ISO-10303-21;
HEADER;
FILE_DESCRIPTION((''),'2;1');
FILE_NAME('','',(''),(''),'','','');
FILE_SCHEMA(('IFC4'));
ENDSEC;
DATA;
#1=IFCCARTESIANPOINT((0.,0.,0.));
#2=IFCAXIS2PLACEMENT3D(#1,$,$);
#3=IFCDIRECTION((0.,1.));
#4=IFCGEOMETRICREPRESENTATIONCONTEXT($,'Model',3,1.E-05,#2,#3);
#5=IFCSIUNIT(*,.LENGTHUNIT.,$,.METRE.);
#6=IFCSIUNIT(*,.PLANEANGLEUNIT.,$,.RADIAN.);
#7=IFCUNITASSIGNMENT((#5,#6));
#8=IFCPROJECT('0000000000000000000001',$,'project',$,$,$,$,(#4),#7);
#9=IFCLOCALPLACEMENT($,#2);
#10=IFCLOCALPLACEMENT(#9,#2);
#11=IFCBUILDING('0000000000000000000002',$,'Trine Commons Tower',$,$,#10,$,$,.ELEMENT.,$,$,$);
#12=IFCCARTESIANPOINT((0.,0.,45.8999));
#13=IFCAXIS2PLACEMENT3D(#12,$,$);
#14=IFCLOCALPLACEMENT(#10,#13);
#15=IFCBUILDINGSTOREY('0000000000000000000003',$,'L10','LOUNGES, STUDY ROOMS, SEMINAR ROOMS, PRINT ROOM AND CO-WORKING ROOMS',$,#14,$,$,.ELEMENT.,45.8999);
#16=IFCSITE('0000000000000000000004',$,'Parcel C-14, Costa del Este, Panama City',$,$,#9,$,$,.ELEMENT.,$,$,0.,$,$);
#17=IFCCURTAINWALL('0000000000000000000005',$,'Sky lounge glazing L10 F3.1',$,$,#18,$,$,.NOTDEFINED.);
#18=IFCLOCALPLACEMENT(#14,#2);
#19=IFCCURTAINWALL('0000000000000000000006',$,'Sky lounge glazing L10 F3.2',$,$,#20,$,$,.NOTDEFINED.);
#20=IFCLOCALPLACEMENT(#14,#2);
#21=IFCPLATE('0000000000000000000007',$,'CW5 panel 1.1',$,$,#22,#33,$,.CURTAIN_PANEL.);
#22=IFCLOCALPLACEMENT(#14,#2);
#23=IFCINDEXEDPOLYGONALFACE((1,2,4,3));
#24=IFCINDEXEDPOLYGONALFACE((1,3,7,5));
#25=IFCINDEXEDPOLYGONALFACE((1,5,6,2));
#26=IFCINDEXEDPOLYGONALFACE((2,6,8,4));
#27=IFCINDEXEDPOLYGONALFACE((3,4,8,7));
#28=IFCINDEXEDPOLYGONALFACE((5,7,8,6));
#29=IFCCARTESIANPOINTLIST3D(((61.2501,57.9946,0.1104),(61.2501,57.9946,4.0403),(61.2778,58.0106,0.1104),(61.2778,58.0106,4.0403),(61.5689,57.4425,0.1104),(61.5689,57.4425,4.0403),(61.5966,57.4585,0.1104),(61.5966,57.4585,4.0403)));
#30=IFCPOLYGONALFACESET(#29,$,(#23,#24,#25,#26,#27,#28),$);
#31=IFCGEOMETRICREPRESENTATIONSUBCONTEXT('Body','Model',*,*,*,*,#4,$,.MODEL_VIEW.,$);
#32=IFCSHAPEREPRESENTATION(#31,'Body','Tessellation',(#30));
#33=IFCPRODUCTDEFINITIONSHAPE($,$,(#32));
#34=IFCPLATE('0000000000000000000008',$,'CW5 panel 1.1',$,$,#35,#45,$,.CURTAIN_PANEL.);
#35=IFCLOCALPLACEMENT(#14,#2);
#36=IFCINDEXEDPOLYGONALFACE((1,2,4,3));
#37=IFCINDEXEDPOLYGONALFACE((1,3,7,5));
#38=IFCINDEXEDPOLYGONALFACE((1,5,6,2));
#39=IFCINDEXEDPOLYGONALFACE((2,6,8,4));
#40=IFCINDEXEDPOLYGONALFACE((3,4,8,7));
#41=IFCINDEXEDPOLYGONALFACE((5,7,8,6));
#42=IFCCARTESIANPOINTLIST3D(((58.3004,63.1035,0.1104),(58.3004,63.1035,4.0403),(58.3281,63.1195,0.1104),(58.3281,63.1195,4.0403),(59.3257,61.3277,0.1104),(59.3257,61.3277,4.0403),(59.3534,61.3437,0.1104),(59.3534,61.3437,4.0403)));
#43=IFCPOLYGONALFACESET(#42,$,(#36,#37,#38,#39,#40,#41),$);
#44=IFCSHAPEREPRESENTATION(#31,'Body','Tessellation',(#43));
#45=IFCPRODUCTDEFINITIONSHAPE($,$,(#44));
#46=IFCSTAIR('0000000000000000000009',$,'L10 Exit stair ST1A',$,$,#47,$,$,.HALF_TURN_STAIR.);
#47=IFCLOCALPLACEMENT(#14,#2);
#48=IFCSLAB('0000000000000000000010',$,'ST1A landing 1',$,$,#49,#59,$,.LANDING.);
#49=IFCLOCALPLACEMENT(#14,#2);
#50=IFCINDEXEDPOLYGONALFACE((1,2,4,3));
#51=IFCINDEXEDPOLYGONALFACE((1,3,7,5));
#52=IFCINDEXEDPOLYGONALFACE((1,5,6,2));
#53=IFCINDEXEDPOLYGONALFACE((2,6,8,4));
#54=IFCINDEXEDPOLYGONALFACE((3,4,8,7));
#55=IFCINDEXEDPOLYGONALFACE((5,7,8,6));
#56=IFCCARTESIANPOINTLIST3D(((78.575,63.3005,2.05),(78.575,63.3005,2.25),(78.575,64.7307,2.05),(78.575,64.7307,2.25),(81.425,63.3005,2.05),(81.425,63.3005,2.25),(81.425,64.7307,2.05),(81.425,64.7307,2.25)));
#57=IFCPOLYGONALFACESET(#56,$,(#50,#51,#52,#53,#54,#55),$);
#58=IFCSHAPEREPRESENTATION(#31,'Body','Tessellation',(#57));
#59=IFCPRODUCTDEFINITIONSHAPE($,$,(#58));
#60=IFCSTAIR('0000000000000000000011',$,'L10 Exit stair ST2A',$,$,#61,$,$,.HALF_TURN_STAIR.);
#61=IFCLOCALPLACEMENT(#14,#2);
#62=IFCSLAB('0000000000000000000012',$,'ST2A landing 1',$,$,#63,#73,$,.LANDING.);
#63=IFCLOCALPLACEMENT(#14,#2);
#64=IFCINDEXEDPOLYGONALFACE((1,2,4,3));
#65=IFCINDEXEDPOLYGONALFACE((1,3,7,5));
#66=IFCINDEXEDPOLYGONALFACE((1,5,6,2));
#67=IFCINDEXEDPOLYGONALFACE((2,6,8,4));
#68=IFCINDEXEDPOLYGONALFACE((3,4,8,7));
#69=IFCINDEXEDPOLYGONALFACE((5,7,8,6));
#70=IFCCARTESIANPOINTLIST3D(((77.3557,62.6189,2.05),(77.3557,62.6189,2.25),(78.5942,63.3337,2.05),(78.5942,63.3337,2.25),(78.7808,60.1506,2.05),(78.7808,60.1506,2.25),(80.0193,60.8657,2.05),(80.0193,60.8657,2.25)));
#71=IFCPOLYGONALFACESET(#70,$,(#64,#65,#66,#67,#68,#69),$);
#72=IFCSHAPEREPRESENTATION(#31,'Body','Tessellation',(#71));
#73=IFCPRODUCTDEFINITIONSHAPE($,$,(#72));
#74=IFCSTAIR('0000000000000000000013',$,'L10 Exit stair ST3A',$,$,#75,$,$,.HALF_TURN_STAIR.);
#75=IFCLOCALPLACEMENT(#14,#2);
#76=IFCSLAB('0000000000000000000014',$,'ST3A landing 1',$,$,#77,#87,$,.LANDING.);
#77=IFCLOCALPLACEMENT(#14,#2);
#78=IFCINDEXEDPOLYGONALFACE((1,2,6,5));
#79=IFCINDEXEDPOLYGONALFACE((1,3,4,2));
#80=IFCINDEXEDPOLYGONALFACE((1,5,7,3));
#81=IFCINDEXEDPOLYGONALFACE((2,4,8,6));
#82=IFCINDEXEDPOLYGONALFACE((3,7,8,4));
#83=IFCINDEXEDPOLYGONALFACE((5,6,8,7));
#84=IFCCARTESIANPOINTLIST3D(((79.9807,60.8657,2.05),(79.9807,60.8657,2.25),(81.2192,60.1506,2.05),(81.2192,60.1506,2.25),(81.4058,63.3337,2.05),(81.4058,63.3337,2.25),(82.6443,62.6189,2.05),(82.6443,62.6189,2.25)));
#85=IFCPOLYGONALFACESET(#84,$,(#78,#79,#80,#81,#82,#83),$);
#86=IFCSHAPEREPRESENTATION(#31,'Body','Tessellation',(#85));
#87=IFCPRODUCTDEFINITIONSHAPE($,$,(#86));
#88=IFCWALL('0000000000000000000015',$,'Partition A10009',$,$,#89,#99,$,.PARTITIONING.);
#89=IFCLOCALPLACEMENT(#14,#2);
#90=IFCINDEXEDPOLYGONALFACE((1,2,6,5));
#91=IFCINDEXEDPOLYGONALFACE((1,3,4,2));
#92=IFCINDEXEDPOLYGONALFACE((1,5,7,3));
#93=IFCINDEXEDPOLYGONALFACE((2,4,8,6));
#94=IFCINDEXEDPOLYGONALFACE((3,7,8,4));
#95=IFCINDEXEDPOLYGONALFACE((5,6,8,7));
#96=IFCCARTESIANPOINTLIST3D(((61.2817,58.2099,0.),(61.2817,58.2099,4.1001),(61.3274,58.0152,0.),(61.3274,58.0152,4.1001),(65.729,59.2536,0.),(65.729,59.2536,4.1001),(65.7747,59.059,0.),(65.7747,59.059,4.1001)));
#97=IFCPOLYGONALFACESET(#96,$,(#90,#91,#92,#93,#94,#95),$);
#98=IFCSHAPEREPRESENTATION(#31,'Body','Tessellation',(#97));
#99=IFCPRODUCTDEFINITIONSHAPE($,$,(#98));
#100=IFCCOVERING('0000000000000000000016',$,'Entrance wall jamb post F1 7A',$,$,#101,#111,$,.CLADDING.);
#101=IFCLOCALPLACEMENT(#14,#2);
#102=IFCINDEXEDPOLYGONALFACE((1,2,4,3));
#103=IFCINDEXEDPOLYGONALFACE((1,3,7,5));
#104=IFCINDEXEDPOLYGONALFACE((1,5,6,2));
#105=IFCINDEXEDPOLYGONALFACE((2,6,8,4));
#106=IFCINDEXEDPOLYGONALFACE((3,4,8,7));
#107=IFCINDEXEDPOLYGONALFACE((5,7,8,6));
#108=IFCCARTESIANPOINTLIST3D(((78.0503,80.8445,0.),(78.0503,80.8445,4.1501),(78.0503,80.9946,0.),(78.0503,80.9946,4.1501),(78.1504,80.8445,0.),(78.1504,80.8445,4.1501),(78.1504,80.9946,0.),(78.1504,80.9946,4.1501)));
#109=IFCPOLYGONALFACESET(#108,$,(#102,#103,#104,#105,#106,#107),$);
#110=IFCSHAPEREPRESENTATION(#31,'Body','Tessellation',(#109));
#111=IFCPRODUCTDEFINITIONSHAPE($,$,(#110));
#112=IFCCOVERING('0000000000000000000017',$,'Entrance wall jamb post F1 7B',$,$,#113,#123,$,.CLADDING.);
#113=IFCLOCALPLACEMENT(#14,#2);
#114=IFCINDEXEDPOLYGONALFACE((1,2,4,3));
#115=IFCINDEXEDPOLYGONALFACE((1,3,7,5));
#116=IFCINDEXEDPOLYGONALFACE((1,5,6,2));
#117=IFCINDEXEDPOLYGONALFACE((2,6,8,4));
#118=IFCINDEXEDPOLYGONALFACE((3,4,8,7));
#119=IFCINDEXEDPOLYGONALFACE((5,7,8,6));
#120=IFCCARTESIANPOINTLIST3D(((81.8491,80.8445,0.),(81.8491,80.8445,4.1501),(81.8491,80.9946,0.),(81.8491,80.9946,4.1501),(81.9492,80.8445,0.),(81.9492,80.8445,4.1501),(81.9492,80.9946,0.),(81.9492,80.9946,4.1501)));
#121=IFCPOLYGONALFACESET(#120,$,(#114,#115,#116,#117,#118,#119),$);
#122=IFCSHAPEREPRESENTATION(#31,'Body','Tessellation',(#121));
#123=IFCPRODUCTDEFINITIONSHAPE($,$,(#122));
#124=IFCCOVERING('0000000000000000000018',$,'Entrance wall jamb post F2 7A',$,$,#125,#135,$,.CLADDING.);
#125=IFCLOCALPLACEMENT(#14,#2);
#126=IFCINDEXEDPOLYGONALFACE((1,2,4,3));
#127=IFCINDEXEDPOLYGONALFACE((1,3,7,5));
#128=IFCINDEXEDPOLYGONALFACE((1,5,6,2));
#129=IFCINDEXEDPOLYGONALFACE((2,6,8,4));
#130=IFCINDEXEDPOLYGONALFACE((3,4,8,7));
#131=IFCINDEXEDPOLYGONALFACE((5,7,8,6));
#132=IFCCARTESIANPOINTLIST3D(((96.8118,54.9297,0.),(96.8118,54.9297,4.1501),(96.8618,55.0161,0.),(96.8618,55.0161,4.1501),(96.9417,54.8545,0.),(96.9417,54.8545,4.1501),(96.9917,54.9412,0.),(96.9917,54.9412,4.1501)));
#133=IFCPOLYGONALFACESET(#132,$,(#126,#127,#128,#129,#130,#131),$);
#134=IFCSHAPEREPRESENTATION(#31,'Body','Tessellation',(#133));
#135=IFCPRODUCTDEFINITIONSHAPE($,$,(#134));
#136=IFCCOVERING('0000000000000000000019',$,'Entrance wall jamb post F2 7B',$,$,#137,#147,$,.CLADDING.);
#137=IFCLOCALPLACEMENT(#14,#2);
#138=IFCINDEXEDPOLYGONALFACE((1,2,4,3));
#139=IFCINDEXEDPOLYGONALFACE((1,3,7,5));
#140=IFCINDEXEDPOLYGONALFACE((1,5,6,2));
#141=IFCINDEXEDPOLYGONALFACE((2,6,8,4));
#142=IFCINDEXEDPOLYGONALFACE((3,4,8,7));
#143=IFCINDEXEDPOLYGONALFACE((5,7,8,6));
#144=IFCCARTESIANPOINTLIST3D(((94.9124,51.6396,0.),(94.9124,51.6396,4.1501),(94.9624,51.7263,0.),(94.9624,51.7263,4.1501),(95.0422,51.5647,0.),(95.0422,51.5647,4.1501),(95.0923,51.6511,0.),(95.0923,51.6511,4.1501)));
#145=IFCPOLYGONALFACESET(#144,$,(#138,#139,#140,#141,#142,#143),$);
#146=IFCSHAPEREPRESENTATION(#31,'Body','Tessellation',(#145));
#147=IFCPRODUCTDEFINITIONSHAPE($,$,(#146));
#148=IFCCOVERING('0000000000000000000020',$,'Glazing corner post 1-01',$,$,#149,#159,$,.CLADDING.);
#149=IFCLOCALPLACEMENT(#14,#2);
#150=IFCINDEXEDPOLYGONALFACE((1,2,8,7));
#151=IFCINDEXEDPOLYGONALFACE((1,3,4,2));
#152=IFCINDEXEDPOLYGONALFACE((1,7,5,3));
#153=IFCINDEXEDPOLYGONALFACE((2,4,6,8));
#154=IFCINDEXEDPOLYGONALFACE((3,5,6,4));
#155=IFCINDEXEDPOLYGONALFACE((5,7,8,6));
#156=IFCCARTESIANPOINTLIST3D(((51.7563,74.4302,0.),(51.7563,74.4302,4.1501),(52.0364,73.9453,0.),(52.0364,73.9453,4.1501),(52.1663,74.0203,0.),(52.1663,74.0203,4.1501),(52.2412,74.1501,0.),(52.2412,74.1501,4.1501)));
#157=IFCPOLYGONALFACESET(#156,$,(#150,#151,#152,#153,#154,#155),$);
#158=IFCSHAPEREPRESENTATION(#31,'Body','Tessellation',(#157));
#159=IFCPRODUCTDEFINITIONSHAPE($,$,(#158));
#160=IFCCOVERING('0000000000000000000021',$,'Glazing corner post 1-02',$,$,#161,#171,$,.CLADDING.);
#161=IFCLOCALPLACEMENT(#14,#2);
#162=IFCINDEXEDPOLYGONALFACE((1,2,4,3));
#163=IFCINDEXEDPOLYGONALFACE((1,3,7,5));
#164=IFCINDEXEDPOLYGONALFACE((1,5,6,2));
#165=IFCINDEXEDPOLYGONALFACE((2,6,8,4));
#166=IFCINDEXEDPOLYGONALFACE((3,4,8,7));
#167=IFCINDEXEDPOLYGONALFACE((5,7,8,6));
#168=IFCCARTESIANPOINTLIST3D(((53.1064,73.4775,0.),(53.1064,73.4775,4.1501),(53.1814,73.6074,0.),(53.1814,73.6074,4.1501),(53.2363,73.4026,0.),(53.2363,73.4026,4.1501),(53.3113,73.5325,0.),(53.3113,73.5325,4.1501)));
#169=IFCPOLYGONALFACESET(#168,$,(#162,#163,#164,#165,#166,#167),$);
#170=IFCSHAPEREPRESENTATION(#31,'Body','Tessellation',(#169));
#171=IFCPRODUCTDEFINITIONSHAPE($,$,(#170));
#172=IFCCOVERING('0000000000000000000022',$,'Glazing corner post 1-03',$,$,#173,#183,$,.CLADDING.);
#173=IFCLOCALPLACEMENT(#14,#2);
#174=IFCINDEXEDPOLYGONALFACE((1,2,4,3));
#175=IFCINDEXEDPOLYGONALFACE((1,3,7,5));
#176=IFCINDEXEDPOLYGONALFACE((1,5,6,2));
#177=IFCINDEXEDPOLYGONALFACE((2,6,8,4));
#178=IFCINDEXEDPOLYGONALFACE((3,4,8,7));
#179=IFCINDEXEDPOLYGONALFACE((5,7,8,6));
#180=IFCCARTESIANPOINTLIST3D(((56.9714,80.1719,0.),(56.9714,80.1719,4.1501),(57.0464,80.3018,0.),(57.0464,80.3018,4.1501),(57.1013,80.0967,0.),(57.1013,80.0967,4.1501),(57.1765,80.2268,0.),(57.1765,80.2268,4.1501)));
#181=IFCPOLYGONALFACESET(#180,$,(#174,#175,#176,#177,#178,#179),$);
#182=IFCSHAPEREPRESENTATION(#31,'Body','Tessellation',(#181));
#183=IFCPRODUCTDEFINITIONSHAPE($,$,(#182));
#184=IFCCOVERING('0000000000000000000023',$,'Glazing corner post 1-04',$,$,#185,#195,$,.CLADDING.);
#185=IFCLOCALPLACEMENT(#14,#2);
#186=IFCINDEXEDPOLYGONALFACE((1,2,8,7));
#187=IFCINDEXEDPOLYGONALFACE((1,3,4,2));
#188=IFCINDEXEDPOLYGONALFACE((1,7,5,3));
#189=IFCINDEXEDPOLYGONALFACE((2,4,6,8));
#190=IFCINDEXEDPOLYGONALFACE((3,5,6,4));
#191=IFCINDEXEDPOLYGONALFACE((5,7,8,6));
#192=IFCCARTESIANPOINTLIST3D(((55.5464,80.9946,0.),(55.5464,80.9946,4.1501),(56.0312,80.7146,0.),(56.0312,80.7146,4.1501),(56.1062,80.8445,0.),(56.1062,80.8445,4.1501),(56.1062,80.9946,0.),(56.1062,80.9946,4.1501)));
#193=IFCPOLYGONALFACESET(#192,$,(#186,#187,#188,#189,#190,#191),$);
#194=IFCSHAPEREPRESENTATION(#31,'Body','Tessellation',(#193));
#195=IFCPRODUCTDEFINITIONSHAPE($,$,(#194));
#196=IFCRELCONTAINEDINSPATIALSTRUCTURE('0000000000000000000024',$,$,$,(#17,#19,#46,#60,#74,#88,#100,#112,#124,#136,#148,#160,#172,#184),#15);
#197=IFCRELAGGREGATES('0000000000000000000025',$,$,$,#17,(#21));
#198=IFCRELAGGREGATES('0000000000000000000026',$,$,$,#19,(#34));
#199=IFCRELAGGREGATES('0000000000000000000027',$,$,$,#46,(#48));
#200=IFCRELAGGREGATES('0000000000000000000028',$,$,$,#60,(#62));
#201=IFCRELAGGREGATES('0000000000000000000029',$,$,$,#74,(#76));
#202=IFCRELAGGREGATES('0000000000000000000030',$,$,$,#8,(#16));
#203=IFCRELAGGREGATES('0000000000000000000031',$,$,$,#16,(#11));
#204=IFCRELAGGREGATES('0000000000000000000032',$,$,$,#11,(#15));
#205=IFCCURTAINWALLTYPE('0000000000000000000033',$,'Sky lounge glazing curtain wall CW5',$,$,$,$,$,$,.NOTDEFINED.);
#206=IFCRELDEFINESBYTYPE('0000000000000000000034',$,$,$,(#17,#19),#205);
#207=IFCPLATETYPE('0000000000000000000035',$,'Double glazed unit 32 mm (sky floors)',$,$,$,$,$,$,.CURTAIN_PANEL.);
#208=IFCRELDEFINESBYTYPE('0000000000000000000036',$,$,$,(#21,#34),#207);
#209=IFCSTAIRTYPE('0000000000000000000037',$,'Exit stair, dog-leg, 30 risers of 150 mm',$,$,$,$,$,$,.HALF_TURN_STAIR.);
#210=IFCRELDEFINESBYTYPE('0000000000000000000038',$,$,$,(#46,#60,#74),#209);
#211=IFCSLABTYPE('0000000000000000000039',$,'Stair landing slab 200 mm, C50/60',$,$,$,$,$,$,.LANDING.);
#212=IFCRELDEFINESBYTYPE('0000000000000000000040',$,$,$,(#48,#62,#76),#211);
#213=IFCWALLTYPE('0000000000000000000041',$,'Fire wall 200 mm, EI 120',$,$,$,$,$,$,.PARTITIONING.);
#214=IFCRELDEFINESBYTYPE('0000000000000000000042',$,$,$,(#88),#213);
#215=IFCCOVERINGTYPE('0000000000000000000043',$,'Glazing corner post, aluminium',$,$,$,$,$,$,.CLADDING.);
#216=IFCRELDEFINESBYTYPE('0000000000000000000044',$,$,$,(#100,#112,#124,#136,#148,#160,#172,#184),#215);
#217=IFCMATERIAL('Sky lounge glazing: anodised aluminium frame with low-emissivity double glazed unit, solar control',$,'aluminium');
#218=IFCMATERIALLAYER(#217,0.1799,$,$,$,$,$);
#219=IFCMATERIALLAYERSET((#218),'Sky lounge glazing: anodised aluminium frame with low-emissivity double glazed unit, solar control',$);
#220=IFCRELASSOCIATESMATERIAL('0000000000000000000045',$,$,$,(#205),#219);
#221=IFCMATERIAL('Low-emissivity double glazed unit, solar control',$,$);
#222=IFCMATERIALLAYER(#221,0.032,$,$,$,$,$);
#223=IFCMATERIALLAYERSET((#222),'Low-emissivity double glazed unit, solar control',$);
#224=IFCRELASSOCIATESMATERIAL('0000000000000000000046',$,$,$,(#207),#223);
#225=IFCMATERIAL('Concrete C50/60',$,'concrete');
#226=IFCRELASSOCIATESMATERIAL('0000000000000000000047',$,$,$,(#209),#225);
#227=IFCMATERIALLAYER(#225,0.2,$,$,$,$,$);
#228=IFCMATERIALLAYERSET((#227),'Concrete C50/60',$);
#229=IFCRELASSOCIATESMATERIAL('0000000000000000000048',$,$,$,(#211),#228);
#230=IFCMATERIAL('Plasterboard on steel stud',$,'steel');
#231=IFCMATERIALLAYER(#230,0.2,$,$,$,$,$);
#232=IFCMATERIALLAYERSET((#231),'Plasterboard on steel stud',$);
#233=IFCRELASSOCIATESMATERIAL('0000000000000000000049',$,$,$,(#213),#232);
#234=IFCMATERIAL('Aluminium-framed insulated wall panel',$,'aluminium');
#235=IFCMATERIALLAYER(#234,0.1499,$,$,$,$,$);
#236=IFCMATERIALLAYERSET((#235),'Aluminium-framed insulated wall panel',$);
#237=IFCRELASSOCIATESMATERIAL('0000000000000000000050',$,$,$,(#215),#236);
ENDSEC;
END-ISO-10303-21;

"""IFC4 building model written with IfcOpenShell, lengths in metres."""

from ifc_helpers import new_model, si_unit, direction, frame, frame_2d, origin, origin_2d, place, context, subcontext, project, spatial, polyline, rectangle, outline, extrude, material, layer, layer_set, type_object, element, aggregate, save


model = new_model("IFC4")

# Units and contexts
model_context = context("Model", 3, precision=1e-05, world=origin(), true_north=direction((0.0, 1.0)))
body_context = subcontext(model_context, "Body", "Model", "MODEL_VIEW")
ifc_project = project(units=[si_unit("LENGTHUNIT", "METRE"), si_unit("PLANEANGLEUNIT", "RADIAN")], contexts=[model_context])

# Site, building, storey
site_placement = place(None, origin())
site = spatial("IfcSite", under=ifc_project, at=site_placement, Name="Parcel C-14, Costa del Este, Panama City", CompositionType="ELEMENT", RefElevation=0.0)
building_placement = place(site_placement, origin())
building = spatial("IfcBuilding", under=site, at=building_placement, Name="Trine Commons Tower", CompositionType="ELEMENT")
storey_placement = place(building_placement, frame((0.0, 0.0, 45.8999)))
storey = spatial("IfcBuildingStorey", under=building, at=storey_placement, Name="L10", Description="LOUNGES, STUDY ROOMS, SEMINAR ROOMS, PRINT ROOM AND CO-WORKING ROOMS", CompositionType="ELEMENT", Elevation=45.8999)

# Curtain wall
ifc_material_1 = material(Name="Sky lounge glazing: anodised aluminium frame with low-emissivity double glazed unit, solar control", Category="aluminium")
ifc_layer_1 = layer(ifc_material_1, 0.1799)
ifc_layer_set_1 = layer_set([ifc_layer_1], Name="Sky lounge glazing: anodised aluminium frame with low-emissivity double glazed unit, solar control")
curtain_wall_type = type_object("IfcCurtainWallType", Name="Sky lounge glazing curtain wall CW5", PredefinedType="NOTDEFINED", material=ifc_layer_set_1)
curtain_wall_1_placement = place(storey_placement, origin())
curtain_wall_1 = element("IfcCurtainWall", 1, at=curtain_wall_1_placement, inside=storey, type_object=curtain_wall_type, Name="Sky lounge glazing L10 F3.1", PredefinedType="NOTDEFINED")

# Curtain wall
curtain_wall_2_placement = place(storey_placement, origin())
curtain_wall_2 = element("IfcCurtainWall", 2, at=curtain_wall_2_placement, inside=storey, type_object=curtain_wall_type, Name="Sky lounge glazing L10 F3.2", PredefinedType="NOTDEFINED")

# Plates
ifc_material_2 = material(Name="Low-emissivity double glazed unit, solar control")
ifc_layer_2 = layer(ifc_material_2, 0.032)
ifc_layer_set_2 = layer_set([ifc_layer_2], Name="Low-emissivity double glazed unit, solar control")
plate_type = type_object("IfcPlateType", Name="Double glazed unit 32 mm (sky floors)", PredefinedType="CURTAIN_PANEL", material=ifc_layer_set_2)
plate_1_placement = place(storey_placement, frame((61.4233, 57.7266, 0.1104), z_axis=(0.0, 0.0, 1.0), x_axis=(-0.5, 0.866025, 0.0)))
plate_1 = element("IfcPlate", 3, at=plate_1_placement, type_object=plate_type, Name="CW5 panel 1.1", PredefinedType="CURTAIN_PANEL", context=body_context, shape_type="SweptSolid", body=[
    extrude(rectangle(XDim=0.6375, YDim=0.032, at=origin_2d()), origin(), (0.0, 0.0, 1.0), 3.9299),
])
aggregate(curtain_wall_1, [plate_1])
plate_2_placement = place(storey_placement, frame((58.8269, 62.2236, 0.1104), z_axis=(0.0, 0.0, 1.0), x_axis=(-0.5, 0.866025, 0.0)))
plate_2 = element("IfcPlate", 4, at=plate_2_placement, type_object=plate_type, Name="CW5 panel 1.1", PredefinedType="CURTAIN_PANEL", context=body_context, shape_type="SweptSolid", body=[
    extrude(rectangle(XDim=2.0505, YDim=0.032, at=origin_2d()), origin(), (0.0, 0.0, 1.0), 3.9299),
])
aggregate(curtain_wall_2, [plate_2])

# Stairs, slabs
ifc_material_3 = material(Name="Concrete C50/60", Category="concrete")
stair_type = type_object("IfcStairType", Name="Exit stair, dog-leg, 30 risers of 150 mm", PredefinedType="HALF_TURN_STAIR", material=ifc_material_3)
stair_1_placement = place(storey_placement, origin())
stair_1 = element("IfcStair", 5, at=stair_1_placement, inside=storey, type_object=stair_type, Name="L10 Exit stair ST1A", PredefinedType="HALF_TURN_STAIR")
ifc_layer_3 = layer(ifc_material_3, 0.2)
ifc_layer_set_3 = layer_set([ifc_layer_3], Name="Concrete C50/60")
slab_type = type_object("IfcSlabType", Name="Stair landing slab 200 mm, C50/60", PredefinedType="LANDING", material=ifc_layer_set_3)
slab_1_placement = place(storey_placement, frame((0.0, 0.0, 2.05)))
slab_1 = element("IfcSlab", 6, at=slab_1_placement, type_object=slab_type, Name="ST1A landing 1", PredefinedType="LANDING", context=body_context, shape_type="SweptSolid", body=[
    extrude(outline(polyline([(78.575, 64.7307), (78.575, 63.3005), (81.425, 63.3005), (81.425, 64.7307), (78.575, 64.7307)])), origin(), (0.0, 0.0, 1.0), 0.2),
])
aggregate(stair_1, [slab_1])
stair_2_placement = place(storey_placement, origin())
stair_2 = element("IfcStair", 7, at=stair_2_placement, inside=storey, type_object=stair_type, Name="L10 Exit stair ST2A", PredefinedType="HALF_TURN_STAIR")
slab_2_placement = place(storey_placement, frame((0.0, 0.0, 2.05)))
slab_2 = element("IfcSlab", 8, at=slab_2_placement, type_object=slab_type, Name="ST2A landing 1", PredefinedType="LANDING", context=body_context, shape_type="SweptSolid", body=[
    extrude(outline(polyline([(78.7808, 60.1506), (80.0193, 60.8657), (78.5942, 63.3337), (77.3557, 62.6189), (78.7808, 60.1506)])), origin(), (0.0, 0.0, 1.0), 0.2),
])
aggregate(stair_2, [slab_2])
stair_3_placement = place(storey_placement, origin())
stair_3 = element("IfcStair", 9, at=stair_3_placement, inside=storey, type_object=stair_type, Name="L10 Exit stair ST3A", PredefinedType="HALF_TURN_STAIR")
slab_3_placement = place(storey_placement, frame((0.0, 0.0, 2.05)))
slab_3 = element("IfcSlab", 10, at=slab_3_placement, type_object=slab_type, Name="ST3A landing 1", PredefinedType="LANDING", context=body_context, shape_type="SweptSolid", body=[
    extrude(outline(polyline([(82.6443, 62.6189), (81.4058, 63.3337), (79.9807, 60.8657), (81.2192, 60.1506), (82.6443, 62.6189)])), origin(), (0.0, 0.0, 1.0), 0.2),
])
aggregate(stair_3, [slab_3])

# Wall
ifc_material_4 = material(Name="Plasterboard on steel stud", Category="steel")
ifc_layer_4 = layer(ifc_material_4, 0.2)
ifc_layer_set_4 = layer_set([ifc_layer_4], Name="Plasterboard on steel stud")
wall_type_1 = type_object("IfcWallType", Name="Fire wall 200 mm, EI 120", PredefinedType="PARTITIONING", material=ifc_layer_set_4)
wall_1_placement = place(storey_placement, frame((61.3044, 58.1125, 0.0), z_axis=(0.0, 0.0, 1.0), x_axis=(0.973549, 0.228476, 0.0)))
element("IfcWall", 11, at=wall_1_placement, inside=storey, type_object=wall_type_1, Name="Partition A10009", PredefinedType="PARTITIONING", context=body_context, shape_type="SweptSolid", body=[
    extrude(rectangle(XDim=4.5681, YDim=0.2, at=frame_2d((2.2842, 0.0))), origin(), (0.0, 0.0, 1.0), 4.1001),
])

# Shared definitions
ifc_material_5 = material(Name="Aluminium-framed insulated wall panel", Category="aluminium")

# Coverings
ifc_layer_5 = layer(ifc_material_5, 0.1499)
ifc_layer_set_5 = layer_set([ifc_layer_5], Name="Aluminium-framed insulated wall panel")
covering_type = type_object("IfcCoveringType", Name="Glazing corner post, aluminium", PredefinedType="CLADDING", material=ifc_layer_set_5)
covering_1_placement = place(storey_placement, origin())
element("IfcCovering", 12, at=covering_1_placement, inside=storey, type_object=covering_type, Name="Entrance wall jamb post F1 7A", PredefinedType="CLADDING", context=body_context, shape_type="SweptSolid", body=[
    extrude(outline(polyline([(78.0503, 80.9946), (78.1504, 80.9946), (78.1504, 80.8445), (78.0503, 80.8445), (78.0503, 80.9946)])), origin(), (0.0, 0.0, 1.0), 4.1501),
])
covering_2_placement = place(storey_placement, origin())
element("IfcCovering", 13, at=covering_2_placement, inside=storey, type_object=covering_type, Name="Entrance wall jamb post F1 7B", PredefinedType="CLADDING", context=body_context, shape_type="SweptSolid", body=[
    extrude(outline(polyline([(81.8491, 80.9946), (81.9492, 80.9946), (81.9492, 80.8445), (81.8491, 80.8445), (81.8491, 80.9946)])), origin(), (0.0, 0.0, 1.0), 4.1501),
])
covering_3_placement = place(storey_placement, origin())
element("IfcCovering", 14, at=covering_3_placement, inside=storey, type_object=covering_type, Name="Entrance wall jamb post F2 7A", PredefinedType="CLADDING", context=body_context, shape_type="SweptSolid", body=[
    extrude(outline(polyline([(96.9917, 54.9412), (96.9417, 54.8545), (96.8118, 54.9297), (96.8618, 55.0161), (96.9917, 54.9412)])), origin(), (0.0, 0.0, 1.0), 4.1501),
])
covering_4_placement = place(storey_placement, origin())
element("IfcCovering", 15, at=covering_4_placement, inside=storey, type_object=covering_type, Name="Entrance wall jamb post F2 7B", PredefinedType="CLADDING", context=body_context, shape_type="SweptSolid", body=[
    extrude(outline(polyline([(95.0923, 51.6511), (95.0422, 51.5647), (94.9124, 51.6396), (94.9624, 51.7263), (95.0923, 51.6511)])), origin(), (0.0, 0.0, 1.0), 4.1501),
])
covering_5_placement = place(storey_placement, origin())
element("IfcCovering", 16, at=covering_5_placement, inside=storey, type_object=covering_type, Name="Glazing corner post 1-01", PredefinedType="CLADDING", context=body_context, shape_type="SweptSolid", body=[
    extrude(outline(polyline([(51.7563, 74.4302), (51.7563, 74.4302), (52.0364, 73.9453), (52.1663, 74.0203), (52.1663, 74.0203), (52.1663, 74.0203), (52.1663, 74.0203), (52.2412, 74.1501), (51.7563, 74.4302)])), origin(), (0.0, 0.0, 1.0), 4.1501),
])
covering_6_placement = place(storey_placement, origin())
element("IfcCovering", 17, at=covering_6_placement, inside=storey, type_object=covering_type, Name="Glazing corner post 1-02", PredefinedType="CLADDING", context=body_context, shape_type="SweptSolid", body=[
    extrude(outline(polyline([(53.1064, 73.4775), (53.2363, 73.4026), (53.3113, 73.5325), (53.1814, 73.6074), (53.1064, 73.4775)])), origin(), (0.0, 0.0, 1.0), 4.1501),
])
covering_7_placement = place(storey_placement, origin())
element("IfcCovering", 18, at=covering_7_placement, inside=storey, type_object=covering_type, Name="Glazing corner post 1-03", PredefinedType="CLADDING", context=body_context, shape_type="SweptSolid", body=[
    extrude(outline(polyline([(57.1013, 80.0967), (57.1765, 80.2268), (57.0464, 80.3018), (56.9714, 80.1719), (57.1013, 80.0967)])), origin(), (0.0, 0.0, 1.0), 4.1501),
])
covering_8_placement = place(storey_placement, origin())
element("IfcCovering", 19, at=covering_8_placement, inside=storey, type_object=covering_type, Name="Glazing corner post 1-04", PredefinedType="CLADDING", context=body_context, shape_type="SweptSolid", body=[
    extrude(outline(polyline([(56.0312, 80.7146), (56.1062, 80.8445), (56.1062, 80.9946), (55.5464, 80.9946), (56.0312, 80.7146)])), origin(), (0.0, 0.0, 1.0), 4.1501),
])

save(model, "model.ifc")
